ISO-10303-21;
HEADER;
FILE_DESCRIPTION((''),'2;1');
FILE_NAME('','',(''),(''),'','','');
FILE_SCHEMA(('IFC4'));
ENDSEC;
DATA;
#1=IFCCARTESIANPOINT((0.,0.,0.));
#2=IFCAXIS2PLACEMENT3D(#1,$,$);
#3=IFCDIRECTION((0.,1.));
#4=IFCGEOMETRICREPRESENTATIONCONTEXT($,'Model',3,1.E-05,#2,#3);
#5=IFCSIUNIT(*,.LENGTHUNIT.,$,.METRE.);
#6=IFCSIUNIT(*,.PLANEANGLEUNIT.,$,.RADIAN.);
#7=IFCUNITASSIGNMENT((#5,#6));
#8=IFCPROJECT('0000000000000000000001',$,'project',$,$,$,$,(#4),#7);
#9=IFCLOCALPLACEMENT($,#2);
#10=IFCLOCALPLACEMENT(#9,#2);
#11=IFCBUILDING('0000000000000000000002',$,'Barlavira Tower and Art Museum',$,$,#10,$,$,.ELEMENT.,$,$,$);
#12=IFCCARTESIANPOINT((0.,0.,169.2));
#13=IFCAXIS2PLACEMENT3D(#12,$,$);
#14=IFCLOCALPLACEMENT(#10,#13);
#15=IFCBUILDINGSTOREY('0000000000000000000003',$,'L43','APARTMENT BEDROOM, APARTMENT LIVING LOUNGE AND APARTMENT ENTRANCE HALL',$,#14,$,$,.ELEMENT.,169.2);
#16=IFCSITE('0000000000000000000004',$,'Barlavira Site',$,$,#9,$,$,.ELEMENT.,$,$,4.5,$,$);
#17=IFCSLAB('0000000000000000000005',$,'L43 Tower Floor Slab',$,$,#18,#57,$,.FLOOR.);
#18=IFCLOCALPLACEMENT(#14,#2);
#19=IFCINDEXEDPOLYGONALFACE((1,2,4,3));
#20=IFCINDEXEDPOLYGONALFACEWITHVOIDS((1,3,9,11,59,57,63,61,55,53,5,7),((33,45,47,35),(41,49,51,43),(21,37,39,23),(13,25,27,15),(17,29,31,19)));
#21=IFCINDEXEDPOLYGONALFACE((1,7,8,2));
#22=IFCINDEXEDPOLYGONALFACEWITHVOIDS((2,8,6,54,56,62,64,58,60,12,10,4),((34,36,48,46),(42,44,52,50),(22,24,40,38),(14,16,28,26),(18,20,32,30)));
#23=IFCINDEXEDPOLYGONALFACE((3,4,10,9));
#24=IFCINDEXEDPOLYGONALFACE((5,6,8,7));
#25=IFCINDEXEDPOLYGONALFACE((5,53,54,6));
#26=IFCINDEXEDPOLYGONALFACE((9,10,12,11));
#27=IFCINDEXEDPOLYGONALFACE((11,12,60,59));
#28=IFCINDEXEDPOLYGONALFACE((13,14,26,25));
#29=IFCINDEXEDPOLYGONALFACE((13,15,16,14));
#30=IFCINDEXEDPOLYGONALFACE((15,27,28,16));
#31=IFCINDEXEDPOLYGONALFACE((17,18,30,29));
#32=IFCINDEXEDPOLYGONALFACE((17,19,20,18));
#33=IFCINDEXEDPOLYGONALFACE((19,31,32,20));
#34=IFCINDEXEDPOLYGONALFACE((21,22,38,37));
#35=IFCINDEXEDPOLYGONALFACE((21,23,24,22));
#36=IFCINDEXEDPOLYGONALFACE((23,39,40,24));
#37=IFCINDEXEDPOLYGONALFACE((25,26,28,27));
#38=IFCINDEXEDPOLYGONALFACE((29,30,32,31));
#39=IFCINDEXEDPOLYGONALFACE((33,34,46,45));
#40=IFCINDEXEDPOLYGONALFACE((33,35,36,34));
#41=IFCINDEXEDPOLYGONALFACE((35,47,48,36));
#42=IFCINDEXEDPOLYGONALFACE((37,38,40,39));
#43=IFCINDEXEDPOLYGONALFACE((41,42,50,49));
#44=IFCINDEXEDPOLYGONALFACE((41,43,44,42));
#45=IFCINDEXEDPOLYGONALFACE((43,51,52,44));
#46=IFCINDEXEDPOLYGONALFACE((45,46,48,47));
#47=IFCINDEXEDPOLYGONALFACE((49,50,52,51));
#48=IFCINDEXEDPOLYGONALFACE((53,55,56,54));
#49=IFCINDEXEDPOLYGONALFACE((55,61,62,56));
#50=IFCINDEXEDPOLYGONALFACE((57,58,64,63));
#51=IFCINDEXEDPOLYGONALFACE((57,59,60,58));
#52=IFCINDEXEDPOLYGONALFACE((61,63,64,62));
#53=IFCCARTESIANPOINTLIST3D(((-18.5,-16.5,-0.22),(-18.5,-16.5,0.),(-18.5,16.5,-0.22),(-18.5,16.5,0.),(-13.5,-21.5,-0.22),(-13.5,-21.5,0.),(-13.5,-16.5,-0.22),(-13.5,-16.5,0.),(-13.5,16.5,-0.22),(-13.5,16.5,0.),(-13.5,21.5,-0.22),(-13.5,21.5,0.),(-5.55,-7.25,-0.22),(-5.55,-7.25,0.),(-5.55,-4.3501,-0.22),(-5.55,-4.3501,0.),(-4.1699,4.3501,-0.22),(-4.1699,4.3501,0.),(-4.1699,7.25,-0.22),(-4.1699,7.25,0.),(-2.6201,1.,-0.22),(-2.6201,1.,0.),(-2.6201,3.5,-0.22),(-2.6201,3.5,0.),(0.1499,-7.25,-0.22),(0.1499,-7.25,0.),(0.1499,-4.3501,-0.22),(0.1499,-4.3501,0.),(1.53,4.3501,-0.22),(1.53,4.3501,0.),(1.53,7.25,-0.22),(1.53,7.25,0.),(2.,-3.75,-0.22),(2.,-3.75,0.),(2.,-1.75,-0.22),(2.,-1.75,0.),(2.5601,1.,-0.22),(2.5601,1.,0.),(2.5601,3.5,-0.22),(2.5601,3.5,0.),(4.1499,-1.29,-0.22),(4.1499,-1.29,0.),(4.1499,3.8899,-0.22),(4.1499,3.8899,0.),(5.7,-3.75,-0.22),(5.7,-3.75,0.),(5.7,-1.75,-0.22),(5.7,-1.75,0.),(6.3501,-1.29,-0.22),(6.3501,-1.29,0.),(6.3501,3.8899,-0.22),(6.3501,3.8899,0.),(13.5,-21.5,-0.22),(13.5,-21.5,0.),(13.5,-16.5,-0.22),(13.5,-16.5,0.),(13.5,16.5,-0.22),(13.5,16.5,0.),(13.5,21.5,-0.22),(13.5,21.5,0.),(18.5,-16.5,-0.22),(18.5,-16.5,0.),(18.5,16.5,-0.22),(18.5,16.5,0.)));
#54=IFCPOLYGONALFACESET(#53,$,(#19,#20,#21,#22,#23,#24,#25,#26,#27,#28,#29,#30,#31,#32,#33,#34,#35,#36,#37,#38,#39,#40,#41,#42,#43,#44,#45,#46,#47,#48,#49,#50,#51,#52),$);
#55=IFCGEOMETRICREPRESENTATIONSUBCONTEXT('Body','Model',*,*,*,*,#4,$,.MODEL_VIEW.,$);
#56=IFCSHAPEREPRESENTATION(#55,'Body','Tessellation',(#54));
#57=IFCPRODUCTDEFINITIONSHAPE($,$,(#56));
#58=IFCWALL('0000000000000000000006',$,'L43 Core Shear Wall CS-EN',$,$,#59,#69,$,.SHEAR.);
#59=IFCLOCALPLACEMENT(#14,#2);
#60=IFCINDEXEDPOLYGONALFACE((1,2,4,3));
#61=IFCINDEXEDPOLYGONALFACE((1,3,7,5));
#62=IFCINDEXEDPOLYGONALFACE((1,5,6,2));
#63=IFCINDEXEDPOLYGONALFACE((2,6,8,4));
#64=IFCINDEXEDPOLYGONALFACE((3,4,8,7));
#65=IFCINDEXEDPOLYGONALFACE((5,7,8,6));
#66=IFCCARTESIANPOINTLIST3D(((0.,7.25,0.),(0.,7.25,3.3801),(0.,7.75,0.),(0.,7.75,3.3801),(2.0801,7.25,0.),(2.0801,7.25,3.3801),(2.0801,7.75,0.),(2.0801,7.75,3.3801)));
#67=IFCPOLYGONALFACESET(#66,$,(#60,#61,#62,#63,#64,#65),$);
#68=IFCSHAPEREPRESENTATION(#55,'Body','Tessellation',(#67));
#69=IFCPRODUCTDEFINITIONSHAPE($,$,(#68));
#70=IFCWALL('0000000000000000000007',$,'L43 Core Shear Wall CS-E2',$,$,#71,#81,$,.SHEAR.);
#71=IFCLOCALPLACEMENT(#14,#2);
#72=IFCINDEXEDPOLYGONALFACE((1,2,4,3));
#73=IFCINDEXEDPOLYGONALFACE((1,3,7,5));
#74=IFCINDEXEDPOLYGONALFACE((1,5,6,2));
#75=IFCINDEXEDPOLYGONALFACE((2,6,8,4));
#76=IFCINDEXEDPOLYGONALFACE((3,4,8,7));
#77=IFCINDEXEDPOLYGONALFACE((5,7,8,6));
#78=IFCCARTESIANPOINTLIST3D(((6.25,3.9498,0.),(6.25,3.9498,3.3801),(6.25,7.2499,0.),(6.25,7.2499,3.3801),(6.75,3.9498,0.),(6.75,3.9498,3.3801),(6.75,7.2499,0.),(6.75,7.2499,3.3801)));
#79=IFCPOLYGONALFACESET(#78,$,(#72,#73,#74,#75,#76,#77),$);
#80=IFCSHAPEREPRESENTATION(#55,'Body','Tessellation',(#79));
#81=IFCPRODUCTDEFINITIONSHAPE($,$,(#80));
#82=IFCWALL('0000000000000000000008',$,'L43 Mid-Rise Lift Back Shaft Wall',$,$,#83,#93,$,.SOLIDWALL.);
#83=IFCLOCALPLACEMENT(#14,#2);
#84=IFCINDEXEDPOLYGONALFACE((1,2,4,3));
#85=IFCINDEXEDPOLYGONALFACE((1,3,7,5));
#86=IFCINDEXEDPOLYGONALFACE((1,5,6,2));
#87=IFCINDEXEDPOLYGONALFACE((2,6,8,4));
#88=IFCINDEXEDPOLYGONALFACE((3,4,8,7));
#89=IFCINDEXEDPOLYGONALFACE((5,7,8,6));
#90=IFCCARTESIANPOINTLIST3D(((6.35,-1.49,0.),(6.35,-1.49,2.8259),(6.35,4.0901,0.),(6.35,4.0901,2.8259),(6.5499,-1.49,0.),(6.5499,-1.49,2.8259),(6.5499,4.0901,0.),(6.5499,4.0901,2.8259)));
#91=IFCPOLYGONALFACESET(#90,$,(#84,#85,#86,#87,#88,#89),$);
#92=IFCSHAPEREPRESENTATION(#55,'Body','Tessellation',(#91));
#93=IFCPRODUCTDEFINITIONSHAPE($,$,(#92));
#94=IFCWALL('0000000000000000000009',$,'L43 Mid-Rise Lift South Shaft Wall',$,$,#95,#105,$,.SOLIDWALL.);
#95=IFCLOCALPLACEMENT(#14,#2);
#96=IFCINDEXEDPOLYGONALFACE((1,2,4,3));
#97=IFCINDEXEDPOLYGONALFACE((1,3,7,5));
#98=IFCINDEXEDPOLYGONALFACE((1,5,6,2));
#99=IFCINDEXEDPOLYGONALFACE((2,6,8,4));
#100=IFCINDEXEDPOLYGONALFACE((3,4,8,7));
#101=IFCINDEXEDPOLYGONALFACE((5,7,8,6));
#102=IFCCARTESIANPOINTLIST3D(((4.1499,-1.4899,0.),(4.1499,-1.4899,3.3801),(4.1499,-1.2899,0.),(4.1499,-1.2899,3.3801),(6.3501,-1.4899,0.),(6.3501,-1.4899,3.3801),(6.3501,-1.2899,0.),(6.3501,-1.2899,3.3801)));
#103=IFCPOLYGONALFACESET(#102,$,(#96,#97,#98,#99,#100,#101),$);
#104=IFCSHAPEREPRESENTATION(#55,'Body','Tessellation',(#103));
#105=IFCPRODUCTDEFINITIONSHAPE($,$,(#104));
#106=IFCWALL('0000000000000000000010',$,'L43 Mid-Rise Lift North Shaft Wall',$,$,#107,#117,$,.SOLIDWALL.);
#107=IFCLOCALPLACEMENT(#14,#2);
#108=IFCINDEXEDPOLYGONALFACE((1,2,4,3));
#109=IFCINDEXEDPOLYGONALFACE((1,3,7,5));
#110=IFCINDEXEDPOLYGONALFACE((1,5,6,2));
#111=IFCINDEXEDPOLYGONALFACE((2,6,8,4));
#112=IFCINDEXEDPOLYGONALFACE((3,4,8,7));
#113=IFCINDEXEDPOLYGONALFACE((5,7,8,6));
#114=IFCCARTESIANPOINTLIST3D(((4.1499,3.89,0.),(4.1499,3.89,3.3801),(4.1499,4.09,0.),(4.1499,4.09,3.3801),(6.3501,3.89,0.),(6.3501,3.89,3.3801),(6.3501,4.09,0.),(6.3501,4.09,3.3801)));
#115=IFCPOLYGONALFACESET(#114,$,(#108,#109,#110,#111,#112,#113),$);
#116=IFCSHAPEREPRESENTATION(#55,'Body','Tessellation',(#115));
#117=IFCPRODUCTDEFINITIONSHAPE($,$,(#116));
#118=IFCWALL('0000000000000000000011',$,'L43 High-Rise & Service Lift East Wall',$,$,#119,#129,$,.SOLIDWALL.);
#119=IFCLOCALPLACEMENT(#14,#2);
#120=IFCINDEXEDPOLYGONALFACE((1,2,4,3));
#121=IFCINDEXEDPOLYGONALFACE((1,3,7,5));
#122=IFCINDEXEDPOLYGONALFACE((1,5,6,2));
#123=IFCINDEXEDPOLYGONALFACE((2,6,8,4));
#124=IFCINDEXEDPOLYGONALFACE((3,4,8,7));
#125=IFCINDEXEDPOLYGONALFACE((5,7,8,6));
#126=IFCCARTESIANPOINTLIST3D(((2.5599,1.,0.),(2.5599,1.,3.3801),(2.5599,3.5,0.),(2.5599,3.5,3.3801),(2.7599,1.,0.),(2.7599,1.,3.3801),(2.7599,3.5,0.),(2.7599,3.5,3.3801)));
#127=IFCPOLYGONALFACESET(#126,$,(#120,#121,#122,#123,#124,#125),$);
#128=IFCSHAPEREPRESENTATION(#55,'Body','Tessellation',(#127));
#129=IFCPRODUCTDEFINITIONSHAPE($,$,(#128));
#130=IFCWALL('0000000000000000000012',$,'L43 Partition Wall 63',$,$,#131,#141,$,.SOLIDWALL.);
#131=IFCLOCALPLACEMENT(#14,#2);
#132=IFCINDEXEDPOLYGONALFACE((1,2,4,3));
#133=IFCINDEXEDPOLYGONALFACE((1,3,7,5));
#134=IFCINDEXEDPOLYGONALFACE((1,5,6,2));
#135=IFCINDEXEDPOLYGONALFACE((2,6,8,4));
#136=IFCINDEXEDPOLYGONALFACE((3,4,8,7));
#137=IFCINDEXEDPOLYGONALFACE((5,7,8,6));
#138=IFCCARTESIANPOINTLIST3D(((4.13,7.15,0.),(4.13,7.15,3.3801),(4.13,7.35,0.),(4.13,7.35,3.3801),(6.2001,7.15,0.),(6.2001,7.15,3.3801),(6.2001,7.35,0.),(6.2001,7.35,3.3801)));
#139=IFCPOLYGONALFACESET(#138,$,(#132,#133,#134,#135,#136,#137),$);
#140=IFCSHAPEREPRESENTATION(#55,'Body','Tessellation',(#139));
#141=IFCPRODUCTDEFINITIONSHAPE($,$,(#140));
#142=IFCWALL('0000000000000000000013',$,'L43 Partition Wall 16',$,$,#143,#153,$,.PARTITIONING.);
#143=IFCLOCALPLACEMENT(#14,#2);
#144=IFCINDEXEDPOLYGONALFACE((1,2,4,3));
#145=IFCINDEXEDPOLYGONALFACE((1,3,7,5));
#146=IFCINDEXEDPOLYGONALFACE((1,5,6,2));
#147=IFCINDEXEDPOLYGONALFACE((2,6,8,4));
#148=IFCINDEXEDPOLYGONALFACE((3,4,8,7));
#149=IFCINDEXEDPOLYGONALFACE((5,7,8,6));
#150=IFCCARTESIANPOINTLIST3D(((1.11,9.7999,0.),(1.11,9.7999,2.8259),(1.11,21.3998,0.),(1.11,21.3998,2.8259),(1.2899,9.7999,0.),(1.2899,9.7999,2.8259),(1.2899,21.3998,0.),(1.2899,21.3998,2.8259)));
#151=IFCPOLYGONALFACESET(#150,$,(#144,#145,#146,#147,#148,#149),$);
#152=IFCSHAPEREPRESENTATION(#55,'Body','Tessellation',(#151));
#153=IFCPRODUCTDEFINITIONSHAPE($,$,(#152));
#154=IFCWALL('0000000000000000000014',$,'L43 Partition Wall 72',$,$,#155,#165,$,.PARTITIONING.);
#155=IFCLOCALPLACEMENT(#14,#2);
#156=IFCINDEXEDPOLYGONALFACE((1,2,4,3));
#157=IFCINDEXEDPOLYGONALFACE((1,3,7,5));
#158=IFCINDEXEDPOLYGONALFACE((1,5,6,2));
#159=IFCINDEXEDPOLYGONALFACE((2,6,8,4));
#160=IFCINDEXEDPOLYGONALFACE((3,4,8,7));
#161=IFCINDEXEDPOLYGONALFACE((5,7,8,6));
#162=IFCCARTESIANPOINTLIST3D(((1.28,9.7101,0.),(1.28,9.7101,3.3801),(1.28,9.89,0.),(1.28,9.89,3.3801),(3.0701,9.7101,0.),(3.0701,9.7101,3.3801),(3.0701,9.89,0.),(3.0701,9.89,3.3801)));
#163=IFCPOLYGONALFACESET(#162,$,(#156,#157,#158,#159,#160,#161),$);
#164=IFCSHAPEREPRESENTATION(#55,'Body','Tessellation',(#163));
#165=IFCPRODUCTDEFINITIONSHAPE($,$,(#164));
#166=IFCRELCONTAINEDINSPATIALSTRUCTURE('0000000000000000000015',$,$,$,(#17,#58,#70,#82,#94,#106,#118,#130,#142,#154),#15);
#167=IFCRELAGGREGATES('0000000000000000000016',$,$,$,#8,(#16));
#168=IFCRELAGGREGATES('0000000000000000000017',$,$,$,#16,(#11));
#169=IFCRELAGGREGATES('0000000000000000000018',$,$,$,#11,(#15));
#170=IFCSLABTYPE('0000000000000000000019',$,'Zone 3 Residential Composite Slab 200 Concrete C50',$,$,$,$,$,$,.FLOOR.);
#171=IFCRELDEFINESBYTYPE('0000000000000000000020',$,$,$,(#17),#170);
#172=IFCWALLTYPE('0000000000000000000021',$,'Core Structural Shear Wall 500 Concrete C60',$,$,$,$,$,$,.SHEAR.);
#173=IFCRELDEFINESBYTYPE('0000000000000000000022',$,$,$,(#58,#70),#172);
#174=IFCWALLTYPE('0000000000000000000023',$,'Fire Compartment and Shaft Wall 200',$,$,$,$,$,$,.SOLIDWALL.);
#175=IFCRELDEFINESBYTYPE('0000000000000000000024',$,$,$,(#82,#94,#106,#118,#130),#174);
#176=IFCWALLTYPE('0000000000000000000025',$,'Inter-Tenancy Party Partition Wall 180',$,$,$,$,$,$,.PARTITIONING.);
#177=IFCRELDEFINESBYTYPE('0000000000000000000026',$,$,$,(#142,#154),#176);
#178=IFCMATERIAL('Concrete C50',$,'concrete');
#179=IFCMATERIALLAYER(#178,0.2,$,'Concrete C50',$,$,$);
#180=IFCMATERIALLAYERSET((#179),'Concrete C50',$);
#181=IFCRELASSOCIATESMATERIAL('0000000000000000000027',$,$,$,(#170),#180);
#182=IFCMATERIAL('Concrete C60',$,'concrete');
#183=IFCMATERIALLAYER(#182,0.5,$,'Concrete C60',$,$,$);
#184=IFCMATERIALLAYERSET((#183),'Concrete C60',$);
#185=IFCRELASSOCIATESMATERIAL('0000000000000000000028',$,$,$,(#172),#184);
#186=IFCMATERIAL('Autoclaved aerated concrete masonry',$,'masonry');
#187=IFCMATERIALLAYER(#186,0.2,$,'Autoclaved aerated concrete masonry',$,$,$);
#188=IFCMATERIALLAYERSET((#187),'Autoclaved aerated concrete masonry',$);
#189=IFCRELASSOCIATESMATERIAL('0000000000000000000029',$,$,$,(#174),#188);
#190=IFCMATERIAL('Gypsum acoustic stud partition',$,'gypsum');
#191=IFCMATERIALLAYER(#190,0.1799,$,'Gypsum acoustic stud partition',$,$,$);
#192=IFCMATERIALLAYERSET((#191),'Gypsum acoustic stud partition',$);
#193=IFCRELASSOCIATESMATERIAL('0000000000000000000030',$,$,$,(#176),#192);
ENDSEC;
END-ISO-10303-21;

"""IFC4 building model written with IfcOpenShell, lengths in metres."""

from ifc_helpers import new_model, si_unit, direction, frame, frame_2d, origin, place, context, subcontext, project, spatial, polyline, rectangle, outline, extrude, material, layer, layer_set, type_object, element, save


model = new_model("IFC4")

# Units and contexts
model_context = context("Model", 3, precision=1e-05, world=origin(), true_north=direction((0.0, 1.0)))
body_context = subcontext(model_context, "Body", "Model", "MODEL_VIEW")
ifc_project = project(units=[si_unit("LENGTHUNIT", "METRE"), si_unit("PLANEANGLEUNIT", "RADIAN")], contexts=[model_context])

# Site, building, storey
site_placement = place(None, origin())
site = spatial("IfcSite", under=ifc_project, at=site_placement, Name="Barlavira Site", CompositionType="ELEMENT", RefElevation=4.5)
building_placement = place(site_placement, origin())
building = spatial("IfcBuilding", under=site, at=building_placement, Name="Barlavira Tower and Art Museum", CompositionType="ELEMENT")
storey_placement = place(building_placement, frame((0.0, 0.0, 169.2)))
storey = spatial("IfcBuildingStorey", under=building, at=storey_placement, Name="L43", Description="APARTMENT BEDROOM, APARTMENT LIVING LOUNGE AND APARTMENT ENTRANCE HALL", CompositionType="ELEMENT", Elevation=169.2)

# Slab
ifc_material_1 = material(Name="Concrete C50", Category="concrete")
ifc_layer_1 = layer(ifc_material_1, 0.2, Name="Concrete C50")
ifc_layer_set_1 = layer_set([ifc_layer_1], Name="Concrete C50")
slab_type_1 = type_object("IfcSlabType", Name="Zone 3 Residential Composite Slab 200 Concrete C50", PredefinedType="FLOOR", material=ifc_layer_set_1)
slab_1_placement = place(storey_placement, frame((0.0, 0.0, -0.22)))
element("IfcSlab", 1, at=slab_1_placement, inside=storey, type_object=slab_type_1, Name="L43 Tower Floor Slab", PredefinedType="FLOOR", context=body_context, shape_type="SweptSolid", body=[
    extrude(outline(polyline([(-13.5, -21.5), (13.5, -21.5), (13.5, -16.5), (18.5, -16.5), (18.5, 16.5), (13.5, 16.5), (13.5, 21.5), (-13.5, 21.5), (-13.5, 16.5), (-18.5, 16.5), (-18.5, -16.5), (-13.5, -16.5), (-13.5, -21.5)]), holes=[polyline([(0.1499, -4.3501), (-5.55, -4.3501), (-5.55, -7.25), (0.1499, -7.25), (0.1499, -4.3501)]), polyline([(-4.1699, 4.3501), (1.53, 4.3501), (1.53, 7.25), (-4.1699, 7.25), (-4.1699, 4.3501)]), polyline([(4.1499, -1.29), (6.3501, -1.29), (6.3501, 3.8899), (4.1499, 3.8899), (4.1499, -1.29)]), polyline([(-2.6201, 1.0), (2.5601, 1.0), (2.5601, 3.5), (-2.6201, 3.5), (-2.6201, 1.0)]), polyline([(2.0, -3.75), (5.7, -3.75), (5.7, -1.75), (2.0, -1.75), (2.0, -3.75)])]), origin(), (0.0, 0.0, 1.0), 0.22),
])

# Walls
ifc_material_2 = material(Name="Concrete C60", Category="concrete")
ifc_layer_2 = layer(ifc_material_2, 0.5, Name="Concrete C60")
ifc_layer_set_2 = layer_set([ifc_layer_2], Name="Concrete C60")
wall_type_1 = type_object("IfcWallType", Name="Core Structural Shear Wall 500 Concrete C60", PredefinedType="SHEAR", material=ifc_layer_set_2)
wall_1_placement = place(storey_placement, frame((0.0, 7.5, 0.0), z_axis=(0.0, 0.0, 1.0), x_axis=(1.0, 0.0, 0.0)))
element("IfcWall", 2, at=wall_1_placement, inside=storey, type_object=wall_type_1, Name="L43 Core Shear Wall CS-EN", PredefinedType="SHEAR", context=body_context, shape_type="SweptSolid", body=[
    extrude(rectangle(XDim=2.0801, YDim=0.5, at=frame_2d((1.04, 0.0))), origin(), (0.0, 0.0, 1.0), 3.3801),
])
wall_2_placement = place(storey_placement, frame((6.5, 3.95, 0.0), z_axis=(0.0, 0.0, 1.0), x_axis=(0.0, 1.0, 0.0)))
element("IfcWall", 3, at=wall_2_placement, inside=storey, type_object=wall_type_1, Name="L43 Core Shear Wall CS-E2", PredefinedType="SHEAR", context=body_context, shape_type="SweptSolid", body=[
    extrude(rectangle(XDim=3.3, YDim=0.5, at=frame_2d((1.6499, 0.0))), origin(), (0.0, 0.0, 1.0), 3.3801),
])

# Shared definitions
ifc_material_3 = material(Name="Autoclaved aerated concrete masonry", Category="masonry")
ifc_layer_3 = layer(ifc_material_3, 0.2, Name="Autoclaved aerated concrete masonry")
ifc_layer_set_3 = layer_set([ifc_layer_3], Name="Autoclaved aerated concrete masonry")
wall_type_2 = type_object("IfcWallType", Name="Fire Compartment and Shaft Wall 200", PredefinedType="SOLIDWALL", material=ifc_layer_set_3)

# Walls
wall_3_placement = place(storey_placement, frame((6.45, -1.49, 0.0), z_axis=(0.0, 0.0, 1.0), x_axis=(0.0, 1.0, 0.0)))
element("IfcWall", 4, at=wall_3_placement, inside=storey, type_object=wall_type_2, Name="L43 Mid-Rise Lift Back Shaft Wall", PredefinedType="SOLIDWALL", context=body_context, shape_type="SweptSolid", body=[
    extrude(rectangle(XDim=5.5801, YDim=0.2, at=frame_2d((2.79, 0.0))), origin(), (0.0, 0.0, 1.0), 2.8259),
])
for number, where, z_axis, x_axis, name in (
    (5, (4.1499, -1.3899, 0.0), (0.0, 0.0, 1.0), (1.0, 0.0, 0.0), "L43 Mid-Rise Lift South Shaft Wall"),
    (6, (4.1499, 3.99, 0.0), (0.0, 0.0, 1.0), (1.0, 0.0, 0.0), "L43 Mid-Rise Lift North Shaft Wall"),
):
    element("IfcWall", number, at=place(storey_placement, frame(where, z_axis=z_axis, x_axis=x_axis)), inside=storey, type_object=wall_type_2, Name=name, PredefinedType="SOLIDWALL", context=body_context, shape_type="SweptSolid", body=[
        extrude(rectangle(XDim=2.2002, YDim=0.2, at=frame_2d((1.1001, 0.0))), origin(), (0.0, 0.0, 1.0), 3.3801),
    ])
wall_4_placement = place(storey_placement, frame((2.6599, 1.0, 0.0), z_axis=(0.0, 0.0, 1.0), x_axis=(0.0, 1.0, 0.0)))
element("IfcWall", 7, at=wall_4_placement, inside=storey, type_object=wall_type_2, Name="L43 High-Rise & Service Lift East Wall", PredefinedType="SOLIDWALL", context=body_context, shape_type="SweptSolid", body=[
    extrude(rectangle(XDim=2.5, YDim=0.2, at=frame_2d((1.25, 0.0))), origin(), (0.0, 0.0, 1.0), 3.3801),
])

# Walls
wall_5_placement = place(storey_placement, frame((4.1299, 7.25, 0.0), z_axis=(0.0, 0.0, 1.0), x_axis=(1.0, 0.0, 0.0)))
element("IfcWall", 8, at=wall_5_placement, inside=storey, type_object=wall_type_2, Name="L43 Partition Wall 63", PredefinedType="SOLIDWALL", context=body_context, shape_type="SweptSolid", body=[
    extrude(rectangle(XDim=2.0701, YDim=0.2, at=frame_2d((1.0352, 0.0))), origin(), (0.0, 0.0, 1.0), 3.3801),
])
ifc_material_4 = material(Name="Gypsum acoustic stud partition", Category="gypsum")
ifc_layer_4 = layer(ifc_material_4, 0.1799, Name="Gypsum acoustic stud partition")
ifc_layer_set_4 = layer_set([ifc_layer_4], Name="Gypsum acoustic stud partition")
wall_type_3 = type_object("IfcWallType", Name="Inter-Tenancy Party Partition Wall 180", PredefinedType="PARTITIONING", material=ifc_layer_set_4)
wall_6_placement = place(storey_placement, frame((1.2, 9.8, 0.0), z_axis=(0.0, 0.0, 1.0), x_axis=(0.0, 1.0, 0.0)))
element("IfcWall", 9, at=wall_6_placement, inside=storey, type_object=wall_type_3, Name="L43 Partition Wall 16", PredefinedType="PARTITIONING", context=body_context, shape_type="SweptSolid", body=[
    extrude(rectangle(XDim=11.5999, YDim=0.1799, at=frame_2d((5.7998, 0.0))), origin(), (0.0, 0.0, 1.0), 2.8259),
])
wall_7_placement = place(storey_placement, frame((1.28, 9.8, 0.0), z_axis=(0.0, 0.0, 1.0), x_axis=(1.0, 0.0, 0.0)))
element("IfcWall", 10, at=wall_7_placement, inside=storey, type_object=wall_type_3, Name="L43 Partition Wall 72", PredefinedType="PARTITIONING", context=body_context, shape_type="SweptSolid", body=[
    extrude(rectangle(XDim=1.79, YDim=0.1799, at=frame_2d((0.895, 0.0))), origin(), (0.0, 0.0, 1.0), 3.3801),
])

save(model, "model.ifc")
